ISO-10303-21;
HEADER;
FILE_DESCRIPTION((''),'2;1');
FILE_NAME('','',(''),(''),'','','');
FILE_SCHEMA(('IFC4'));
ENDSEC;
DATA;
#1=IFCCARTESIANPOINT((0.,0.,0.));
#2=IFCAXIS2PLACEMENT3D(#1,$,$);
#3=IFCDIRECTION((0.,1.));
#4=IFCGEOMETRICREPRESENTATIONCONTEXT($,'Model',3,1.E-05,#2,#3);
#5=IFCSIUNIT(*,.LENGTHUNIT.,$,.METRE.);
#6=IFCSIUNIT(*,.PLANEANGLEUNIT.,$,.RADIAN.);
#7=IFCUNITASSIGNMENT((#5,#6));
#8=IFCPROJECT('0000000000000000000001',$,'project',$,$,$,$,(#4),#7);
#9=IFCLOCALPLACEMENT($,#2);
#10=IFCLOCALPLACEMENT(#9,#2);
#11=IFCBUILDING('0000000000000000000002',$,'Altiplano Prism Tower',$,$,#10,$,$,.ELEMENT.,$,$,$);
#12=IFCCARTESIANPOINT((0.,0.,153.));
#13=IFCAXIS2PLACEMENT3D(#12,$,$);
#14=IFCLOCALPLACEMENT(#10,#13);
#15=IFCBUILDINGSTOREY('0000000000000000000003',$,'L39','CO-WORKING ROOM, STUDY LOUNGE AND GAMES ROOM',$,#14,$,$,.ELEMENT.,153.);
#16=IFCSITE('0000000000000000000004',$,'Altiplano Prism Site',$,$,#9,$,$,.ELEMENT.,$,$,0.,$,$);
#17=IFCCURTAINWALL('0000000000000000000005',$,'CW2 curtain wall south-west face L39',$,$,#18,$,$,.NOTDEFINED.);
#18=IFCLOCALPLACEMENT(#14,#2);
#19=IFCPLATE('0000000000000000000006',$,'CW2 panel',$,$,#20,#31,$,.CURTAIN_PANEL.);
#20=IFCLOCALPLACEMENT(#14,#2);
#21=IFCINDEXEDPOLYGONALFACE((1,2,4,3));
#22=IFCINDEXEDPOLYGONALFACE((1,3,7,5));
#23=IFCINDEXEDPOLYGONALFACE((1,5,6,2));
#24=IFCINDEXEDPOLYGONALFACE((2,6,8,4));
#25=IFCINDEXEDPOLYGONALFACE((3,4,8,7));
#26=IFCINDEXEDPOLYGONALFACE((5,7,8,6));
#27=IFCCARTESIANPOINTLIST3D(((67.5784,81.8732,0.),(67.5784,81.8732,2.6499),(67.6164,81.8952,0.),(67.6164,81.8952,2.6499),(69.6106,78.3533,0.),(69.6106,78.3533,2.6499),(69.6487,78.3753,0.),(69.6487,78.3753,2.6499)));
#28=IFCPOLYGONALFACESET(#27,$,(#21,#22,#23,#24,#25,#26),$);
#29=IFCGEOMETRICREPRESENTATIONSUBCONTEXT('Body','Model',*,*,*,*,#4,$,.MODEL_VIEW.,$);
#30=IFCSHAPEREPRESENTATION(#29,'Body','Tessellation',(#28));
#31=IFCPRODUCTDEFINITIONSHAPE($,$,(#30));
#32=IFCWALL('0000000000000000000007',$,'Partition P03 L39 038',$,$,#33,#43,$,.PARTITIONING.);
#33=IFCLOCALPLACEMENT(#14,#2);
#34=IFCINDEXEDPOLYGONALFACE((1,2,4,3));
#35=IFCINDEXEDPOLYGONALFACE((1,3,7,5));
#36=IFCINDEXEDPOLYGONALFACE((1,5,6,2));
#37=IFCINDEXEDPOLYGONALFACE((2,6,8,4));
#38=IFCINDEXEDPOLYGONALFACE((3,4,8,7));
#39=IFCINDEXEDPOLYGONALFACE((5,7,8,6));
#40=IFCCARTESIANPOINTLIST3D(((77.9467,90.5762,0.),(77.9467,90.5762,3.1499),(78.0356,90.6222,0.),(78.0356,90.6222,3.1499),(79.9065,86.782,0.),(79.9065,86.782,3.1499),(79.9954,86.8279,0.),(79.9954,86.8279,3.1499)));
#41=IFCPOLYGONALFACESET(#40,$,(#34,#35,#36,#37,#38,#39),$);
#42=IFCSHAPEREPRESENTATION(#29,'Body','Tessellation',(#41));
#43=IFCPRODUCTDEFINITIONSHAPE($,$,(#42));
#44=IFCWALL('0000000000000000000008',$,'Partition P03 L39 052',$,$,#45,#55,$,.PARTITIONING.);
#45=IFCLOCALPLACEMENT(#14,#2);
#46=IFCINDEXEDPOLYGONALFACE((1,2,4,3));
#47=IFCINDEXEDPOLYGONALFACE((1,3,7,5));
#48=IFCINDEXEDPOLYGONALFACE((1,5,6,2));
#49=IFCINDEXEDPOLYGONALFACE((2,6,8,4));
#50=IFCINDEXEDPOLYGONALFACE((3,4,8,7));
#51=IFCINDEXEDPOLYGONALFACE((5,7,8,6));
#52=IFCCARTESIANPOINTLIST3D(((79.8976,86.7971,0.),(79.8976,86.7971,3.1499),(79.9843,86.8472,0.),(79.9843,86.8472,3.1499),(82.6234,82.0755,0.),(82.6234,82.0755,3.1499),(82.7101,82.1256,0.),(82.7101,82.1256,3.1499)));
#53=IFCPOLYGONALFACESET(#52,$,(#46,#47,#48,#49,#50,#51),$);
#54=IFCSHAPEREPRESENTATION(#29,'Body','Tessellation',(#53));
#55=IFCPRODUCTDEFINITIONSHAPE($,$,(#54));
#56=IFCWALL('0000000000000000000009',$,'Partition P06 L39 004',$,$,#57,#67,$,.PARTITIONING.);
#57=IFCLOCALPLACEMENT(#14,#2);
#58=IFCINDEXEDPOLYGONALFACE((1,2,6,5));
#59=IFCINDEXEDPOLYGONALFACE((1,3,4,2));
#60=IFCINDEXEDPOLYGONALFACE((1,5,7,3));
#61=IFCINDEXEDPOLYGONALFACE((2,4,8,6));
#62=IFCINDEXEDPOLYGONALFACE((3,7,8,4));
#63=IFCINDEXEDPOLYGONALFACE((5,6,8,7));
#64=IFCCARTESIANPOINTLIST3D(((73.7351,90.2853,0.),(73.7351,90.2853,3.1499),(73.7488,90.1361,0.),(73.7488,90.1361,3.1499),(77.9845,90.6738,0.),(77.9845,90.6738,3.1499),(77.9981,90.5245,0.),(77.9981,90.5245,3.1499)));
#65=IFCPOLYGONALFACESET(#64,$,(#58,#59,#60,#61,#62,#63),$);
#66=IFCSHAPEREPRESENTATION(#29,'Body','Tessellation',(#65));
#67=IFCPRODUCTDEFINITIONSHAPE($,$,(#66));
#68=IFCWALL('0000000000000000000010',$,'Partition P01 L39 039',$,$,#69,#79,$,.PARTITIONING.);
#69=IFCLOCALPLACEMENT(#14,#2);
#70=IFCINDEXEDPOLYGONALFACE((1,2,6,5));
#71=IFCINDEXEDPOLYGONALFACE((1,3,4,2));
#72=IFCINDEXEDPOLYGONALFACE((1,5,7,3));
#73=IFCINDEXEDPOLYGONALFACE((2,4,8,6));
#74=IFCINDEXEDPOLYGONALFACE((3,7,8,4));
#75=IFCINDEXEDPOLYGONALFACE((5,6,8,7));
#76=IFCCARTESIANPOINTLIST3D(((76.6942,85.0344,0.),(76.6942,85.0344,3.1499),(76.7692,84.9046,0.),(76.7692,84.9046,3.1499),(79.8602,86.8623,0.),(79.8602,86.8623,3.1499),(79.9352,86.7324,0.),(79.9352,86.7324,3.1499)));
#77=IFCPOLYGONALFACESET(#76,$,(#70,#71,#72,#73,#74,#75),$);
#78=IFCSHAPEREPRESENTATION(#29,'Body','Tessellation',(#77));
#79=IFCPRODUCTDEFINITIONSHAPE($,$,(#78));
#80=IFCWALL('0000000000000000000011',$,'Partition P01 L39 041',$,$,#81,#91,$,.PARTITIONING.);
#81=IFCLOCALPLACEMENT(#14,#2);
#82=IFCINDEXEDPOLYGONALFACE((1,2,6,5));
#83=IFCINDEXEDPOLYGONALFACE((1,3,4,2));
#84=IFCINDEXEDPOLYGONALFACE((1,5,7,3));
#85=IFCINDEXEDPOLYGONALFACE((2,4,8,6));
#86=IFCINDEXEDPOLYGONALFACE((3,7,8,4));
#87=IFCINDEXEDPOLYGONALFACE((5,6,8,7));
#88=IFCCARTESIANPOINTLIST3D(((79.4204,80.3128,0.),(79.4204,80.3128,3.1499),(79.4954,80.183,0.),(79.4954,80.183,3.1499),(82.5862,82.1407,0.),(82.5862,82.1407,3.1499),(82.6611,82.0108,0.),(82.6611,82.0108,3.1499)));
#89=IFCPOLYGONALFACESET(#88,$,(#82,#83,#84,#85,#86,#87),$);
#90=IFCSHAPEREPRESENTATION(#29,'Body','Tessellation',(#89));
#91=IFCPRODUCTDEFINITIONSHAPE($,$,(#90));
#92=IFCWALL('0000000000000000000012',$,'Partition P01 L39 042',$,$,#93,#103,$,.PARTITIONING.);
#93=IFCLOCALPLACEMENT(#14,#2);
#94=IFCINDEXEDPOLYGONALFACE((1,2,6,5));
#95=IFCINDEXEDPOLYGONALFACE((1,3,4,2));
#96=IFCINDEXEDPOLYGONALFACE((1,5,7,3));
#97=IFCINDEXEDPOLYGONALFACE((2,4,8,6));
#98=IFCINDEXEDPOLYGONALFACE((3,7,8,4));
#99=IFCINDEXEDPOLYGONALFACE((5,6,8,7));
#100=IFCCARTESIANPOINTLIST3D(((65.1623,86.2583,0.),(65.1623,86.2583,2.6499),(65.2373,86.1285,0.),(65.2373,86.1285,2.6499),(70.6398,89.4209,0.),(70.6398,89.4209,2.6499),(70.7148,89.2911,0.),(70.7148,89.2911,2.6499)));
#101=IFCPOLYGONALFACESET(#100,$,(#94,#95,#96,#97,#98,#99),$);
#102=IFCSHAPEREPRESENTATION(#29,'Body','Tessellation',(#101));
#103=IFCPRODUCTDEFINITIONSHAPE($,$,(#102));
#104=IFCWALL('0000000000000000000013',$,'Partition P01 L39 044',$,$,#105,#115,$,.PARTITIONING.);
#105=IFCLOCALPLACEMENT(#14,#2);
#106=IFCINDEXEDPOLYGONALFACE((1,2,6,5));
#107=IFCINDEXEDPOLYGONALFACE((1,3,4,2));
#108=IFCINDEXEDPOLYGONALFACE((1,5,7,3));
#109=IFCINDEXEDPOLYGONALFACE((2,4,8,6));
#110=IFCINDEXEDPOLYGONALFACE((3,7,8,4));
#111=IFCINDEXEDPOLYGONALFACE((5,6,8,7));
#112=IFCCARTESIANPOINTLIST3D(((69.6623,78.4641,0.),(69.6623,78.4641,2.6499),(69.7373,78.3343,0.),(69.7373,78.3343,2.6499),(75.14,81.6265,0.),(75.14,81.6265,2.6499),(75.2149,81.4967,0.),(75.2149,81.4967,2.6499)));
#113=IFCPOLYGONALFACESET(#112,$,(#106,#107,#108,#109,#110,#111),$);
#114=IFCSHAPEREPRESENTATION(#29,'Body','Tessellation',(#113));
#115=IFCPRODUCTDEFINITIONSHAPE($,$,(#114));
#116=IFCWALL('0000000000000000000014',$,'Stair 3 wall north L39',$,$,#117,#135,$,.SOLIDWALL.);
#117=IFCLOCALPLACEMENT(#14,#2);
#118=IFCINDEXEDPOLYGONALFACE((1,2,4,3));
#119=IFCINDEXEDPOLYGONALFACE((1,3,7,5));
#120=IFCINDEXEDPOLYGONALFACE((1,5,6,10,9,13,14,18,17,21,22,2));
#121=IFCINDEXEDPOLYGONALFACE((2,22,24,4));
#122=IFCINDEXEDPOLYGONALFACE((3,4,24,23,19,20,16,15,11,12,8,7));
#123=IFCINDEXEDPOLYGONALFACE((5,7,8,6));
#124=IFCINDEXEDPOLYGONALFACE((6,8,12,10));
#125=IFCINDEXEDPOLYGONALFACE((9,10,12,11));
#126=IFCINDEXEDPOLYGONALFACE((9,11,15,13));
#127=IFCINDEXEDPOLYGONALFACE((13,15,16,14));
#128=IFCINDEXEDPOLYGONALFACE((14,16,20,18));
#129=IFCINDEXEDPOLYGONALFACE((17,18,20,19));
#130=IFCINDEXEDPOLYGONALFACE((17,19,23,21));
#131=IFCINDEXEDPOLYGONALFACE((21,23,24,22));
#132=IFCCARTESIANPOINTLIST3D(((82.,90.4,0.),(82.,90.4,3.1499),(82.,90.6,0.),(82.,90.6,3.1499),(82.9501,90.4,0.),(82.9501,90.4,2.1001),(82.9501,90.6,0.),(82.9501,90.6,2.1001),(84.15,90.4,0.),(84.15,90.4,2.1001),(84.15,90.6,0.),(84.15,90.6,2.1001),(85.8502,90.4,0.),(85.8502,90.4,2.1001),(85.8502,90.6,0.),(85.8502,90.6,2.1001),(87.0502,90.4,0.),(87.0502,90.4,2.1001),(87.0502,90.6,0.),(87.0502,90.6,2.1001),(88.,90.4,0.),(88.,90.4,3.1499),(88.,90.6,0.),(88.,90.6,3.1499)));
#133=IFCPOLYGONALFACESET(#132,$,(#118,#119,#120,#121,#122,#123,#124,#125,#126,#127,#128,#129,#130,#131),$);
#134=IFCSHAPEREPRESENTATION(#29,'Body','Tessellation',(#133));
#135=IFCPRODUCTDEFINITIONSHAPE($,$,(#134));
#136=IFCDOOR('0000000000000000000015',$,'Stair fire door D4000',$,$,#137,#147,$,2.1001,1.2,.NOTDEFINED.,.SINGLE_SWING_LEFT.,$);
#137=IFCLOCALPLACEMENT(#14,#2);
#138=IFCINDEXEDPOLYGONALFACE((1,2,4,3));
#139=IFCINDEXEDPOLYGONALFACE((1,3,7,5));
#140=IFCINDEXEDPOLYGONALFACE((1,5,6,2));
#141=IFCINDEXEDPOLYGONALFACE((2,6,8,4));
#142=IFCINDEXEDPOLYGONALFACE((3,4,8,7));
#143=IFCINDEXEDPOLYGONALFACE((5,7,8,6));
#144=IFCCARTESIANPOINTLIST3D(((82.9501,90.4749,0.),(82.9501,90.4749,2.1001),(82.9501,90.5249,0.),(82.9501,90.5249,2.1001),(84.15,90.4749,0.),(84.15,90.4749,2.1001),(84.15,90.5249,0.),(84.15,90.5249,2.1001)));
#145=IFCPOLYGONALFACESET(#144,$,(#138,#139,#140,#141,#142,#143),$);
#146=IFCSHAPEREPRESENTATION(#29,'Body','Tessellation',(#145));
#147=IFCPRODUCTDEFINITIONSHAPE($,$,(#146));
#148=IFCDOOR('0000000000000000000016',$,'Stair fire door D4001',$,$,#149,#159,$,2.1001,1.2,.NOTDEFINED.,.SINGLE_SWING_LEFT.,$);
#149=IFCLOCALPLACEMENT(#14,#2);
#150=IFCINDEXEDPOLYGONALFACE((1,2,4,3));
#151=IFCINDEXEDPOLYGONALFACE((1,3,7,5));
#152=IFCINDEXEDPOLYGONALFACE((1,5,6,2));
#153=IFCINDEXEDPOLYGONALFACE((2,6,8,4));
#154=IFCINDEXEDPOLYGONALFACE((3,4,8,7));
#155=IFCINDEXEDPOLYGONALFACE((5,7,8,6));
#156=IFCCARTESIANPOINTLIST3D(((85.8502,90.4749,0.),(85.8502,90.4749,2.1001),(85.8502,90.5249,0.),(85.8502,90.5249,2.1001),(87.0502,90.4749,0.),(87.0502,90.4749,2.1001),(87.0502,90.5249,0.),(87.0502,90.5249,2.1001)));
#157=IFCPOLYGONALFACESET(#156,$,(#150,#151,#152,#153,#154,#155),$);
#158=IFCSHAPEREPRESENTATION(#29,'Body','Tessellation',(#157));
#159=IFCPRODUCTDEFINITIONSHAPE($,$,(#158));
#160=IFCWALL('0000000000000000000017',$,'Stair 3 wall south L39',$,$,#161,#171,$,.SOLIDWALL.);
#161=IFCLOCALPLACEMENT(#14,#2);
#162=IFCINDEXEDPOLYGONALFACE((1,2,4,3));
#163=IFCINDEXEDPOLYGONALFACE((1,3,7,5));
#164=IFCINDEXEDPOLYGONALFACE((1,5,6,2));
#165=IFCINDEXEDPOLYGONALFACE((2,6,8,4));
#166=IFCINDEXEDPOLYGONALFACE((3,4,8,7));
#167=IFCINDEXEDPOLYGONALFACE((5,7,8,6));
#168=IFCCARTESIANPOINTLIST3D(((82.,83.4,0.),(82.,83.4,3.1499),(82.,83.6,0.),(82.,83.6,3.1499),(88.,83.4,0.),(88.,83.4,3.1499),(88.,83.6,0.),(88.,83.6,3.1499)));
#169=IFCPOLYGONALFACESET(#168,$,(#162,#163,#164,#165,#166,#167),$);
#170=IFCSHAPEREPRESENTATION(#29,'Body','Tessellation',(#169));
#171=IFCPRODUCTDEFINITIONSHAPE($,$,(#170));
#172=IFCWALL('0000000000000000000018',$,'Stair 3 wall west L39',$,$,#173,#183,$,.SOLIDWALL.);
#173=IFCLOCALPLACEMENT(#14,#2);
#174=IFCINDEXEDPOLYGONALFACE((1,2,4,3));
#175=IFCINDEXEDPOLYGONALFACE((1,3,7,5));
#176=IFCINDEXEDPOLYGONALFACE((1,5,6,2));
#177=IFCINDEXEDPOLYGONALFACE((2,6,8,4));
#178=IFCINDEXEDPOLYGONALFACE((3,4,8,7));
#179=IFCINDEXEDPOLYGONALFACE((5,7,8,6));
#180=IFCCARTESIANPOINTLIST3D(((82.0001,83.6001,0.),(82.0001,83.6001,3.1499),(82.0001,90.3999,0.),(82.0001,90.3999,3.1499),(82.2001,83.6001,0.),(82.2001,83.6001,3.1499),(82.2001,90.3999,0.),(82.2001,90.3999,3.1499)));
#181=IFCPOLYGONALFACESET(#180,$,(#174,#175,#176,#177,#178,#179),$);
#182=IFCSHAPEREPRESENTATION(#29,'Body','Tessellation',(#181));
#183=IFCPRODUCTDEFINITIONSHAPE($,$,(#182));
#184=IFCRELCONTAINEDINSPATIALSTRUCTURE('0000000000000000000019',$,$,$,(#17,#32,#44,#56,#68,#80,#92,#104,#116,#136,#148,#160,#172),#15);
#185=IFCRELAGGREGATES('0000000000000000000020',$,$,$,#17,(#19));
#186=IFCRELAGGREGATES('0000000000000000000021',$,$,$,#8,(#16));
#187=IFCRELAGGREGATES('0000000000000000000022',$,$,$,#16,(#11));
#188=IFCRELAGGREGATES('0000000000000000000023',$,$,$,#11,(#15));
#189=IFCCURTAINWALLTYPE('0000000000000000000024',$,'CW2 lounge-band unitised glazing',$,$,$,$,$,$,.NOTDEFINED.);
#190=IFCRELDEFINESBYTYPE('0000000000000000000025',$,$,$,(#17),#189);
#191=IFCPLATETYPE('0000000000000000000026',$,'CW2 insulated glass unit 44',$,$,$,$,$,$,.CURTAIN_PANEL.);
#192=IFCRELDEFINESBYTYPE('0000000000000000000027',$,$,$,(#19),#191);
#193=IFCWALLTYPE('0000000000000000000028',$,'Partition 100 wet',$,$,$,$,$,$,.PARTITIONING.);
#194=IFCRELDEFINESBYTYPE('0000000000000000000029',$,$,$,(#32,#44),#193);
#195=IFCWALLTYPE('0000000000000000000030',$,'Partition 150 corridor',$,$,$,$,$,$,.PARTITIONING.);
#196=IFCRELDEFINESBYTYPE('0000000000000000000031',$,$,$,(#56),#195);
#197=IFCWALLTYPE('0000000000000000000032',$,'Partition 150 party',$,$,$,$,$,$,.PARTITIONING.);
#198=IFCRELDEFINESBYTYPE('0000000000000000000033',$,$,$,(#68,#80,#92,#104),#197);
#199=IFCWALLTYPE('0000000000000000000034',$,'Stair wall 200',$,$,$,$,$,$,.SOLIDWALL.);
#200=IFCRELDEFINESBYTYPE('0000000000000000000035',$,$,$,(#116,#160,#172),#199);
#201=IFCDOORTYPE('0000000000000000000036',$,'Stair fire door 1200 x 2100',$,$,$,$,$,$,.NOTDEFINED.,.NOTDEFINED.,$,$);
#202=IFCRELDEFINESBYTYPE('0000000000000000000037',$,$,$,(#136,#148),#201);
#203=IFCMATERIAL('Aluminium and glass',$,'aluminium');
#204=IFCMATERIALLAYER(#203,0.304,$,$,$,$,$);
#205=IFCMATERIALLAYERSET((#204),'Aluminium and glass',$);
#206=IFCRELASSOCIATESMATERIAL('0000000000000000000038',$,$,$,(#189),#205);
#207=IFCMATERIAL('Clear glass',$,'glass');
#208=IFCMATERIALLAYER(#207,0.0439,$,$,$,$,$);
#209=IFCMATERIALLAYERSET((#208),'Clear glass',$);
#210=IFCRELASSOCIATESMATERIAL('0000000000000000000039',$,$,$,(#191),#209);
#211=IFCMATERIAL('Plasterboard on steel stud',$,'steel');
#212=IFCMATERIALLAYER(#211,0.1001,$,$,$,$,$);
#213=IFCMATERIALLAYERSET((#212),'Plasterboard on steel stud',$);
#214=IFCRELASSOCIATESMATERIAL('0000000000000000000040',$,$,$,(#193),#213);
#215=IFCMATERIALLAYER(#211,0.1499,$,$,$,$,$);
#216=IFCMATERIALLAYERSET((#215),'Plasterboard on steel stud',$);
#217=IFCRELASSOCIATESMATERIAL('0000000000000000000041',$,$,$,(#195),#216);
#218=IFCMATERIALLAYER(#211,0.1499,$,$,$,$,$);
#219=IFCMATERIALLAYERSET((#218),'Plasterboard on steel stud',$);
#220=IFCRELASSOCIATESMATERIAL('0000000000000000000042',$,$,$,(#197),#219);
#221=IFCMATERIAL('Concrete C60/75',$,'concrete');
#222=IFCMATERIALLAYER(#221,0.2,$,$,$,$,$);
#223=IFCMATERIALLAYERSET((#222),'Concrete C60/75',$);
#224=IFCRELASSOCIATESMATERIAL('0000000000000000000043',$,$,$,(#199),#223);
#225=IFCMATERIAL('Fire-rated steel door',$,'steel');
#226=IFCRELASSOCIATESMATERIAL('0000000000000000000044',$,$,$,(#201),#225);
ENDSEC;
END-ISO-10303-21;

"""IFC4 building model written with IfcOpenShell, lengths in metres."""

from ifc_helpers import new_model, si_unit, direction, frame, frame_2d, origin, origin_2d, place, context, subcontext, project, spatial, rectangle, extrude, material, layer, layer_set, type_object, element, fill, aggregate, save


model = new_model("IFC4")

# Units and contexts
model_context = context("Model", 3, precision=1e-05, world=origin(), true_north=direction((0.0, 1.0)))
body_context = subcontext(model_context, "Body", "Model", "MODEL_VIEW")
ifc_project = project(units=[si_unit("LENGTHUNIT", "METRE"), si_unit("PLANEANGLEUNIT", "RADIAN")], contexts=[model_context])

# Site, building, storey
site_placement = place(None, origin())
site = spatial("IfcSite", under=ifc_project, at=site_placement, Name="Altiplano Prism Site", CompositionType="ELEMENT", RefElevation=0.0)
building_placement = place(site_placement, origin())
building = spatial("IfcBuilding", under=site, at=building_placement, Name="Altiplano Prism Tower", CompositionType="ELEMENT")
storey_placement = place(building_placement, frame((0.0, 0.0, 153.0)))
storey = spatial("IfcBuildingStorey", under=building, at=storey_placement, Name="L39", Description="CO-WORKING ROOM, STUDY LOUNGE AND GAMES ROOM", CompositionType="ELEMENT", Elevation=153.0)

# Shared definitions
ifc_material_1 = material(Name="Concrete C60/75", Category="concrete")

# Curtain wall
ifc_material_2 = material(Name="Aluminium and glass", Category="aluminium")
ifc_layer_1 = layer(ifc_material_2, 0.304)
ifc_layer_set_1 = layer_set([ifc_layer_1], Name="Aluminium and glass")
curtain_wall_type = type_object("IfcCurtainWallType", Name="CW2 lounge-band unitised glazing", PredefinedType="NOTDEFINED", material=ifc_layer_set_1)
curtain_wall_placement = place(storey_placement, origin())
curtain_wall = element("IfcCurtainWall", 1, at=curtain_wall_placement, inside=storey, type_object=curtain_wall_type, Name="CW2 curtain wall south-west face L39", PredefinedType="NOTDEFINED")

# Plate
ifc_material_3 = material(Name="Clear glass", Category="glass")
ifc_layer_2 = layer(ifc_material_3, 0.0439)
ifc_layer_set_2 = layer_set([ifc_layer_2], Name="Clear glass")
plate_type = type_object("IfcPlateType", Name="CW2 insulated glass unit 44", PredefinedType="CURTAIN_PANEL", material=ifc_layer_set_2)
plate_1_placement = place(storey_placement, frame((68.6135, 80.1243, 0.0), z_axis=(0.0, 0.0, 1.0), x_axis=(0.5, -0.866025, 0.0)))
plate_1 = element("IfcPlate", 2, at=plate_1_placement, type_object=plate_type, Name="CW2 panel", PredefinedType="CURTAIN_PANEL", context=body_context, shape_type="SweptSolid", body=[
    extrude(rectangle(XDim=4.0645, YDim=0.0439, at=origin_2d()), origin(), (0.0, 0.0, 1.0), 2.6499),
])
aggregate(curtain_wall, [plate_1])

# Walls
ifc_material_4 = material(Name="Plasterboard on steel stud", Category="steel")
ifc_layer_3 = layer(ifc_material_4, 0.1001)
ifc_layer_set_3 = layer_set([ifc_layer_3], Name="Plasterboard on steel stud")
wall_type_1 = type_object("IfcWallType", Name="Partition 100 wet", PredefinedType="PARTITIONING", material=ifc_layer_set_3)
wall_1_placement = place(storey_placement, frame((79.9509, 86.8049, 0.0), z_axis=(0.0, 0.0, 1.0), x_axis=(-0.458906, 0.888485, 0.0)))
element("IfcWall", 3, at=wall_1_placement, inside=storey, type_object=wall_type_1, Name="Partition P03 L39 038", PredefinedType="PARTITIONING", context=body_context, shape_type="SweptSolid", body=[
    extrude(rectangle(XDim=4.2705, YDim=0.1001, at=frame_2d((2.1353, 0.0))), origin(), (0.0, 0.0, 1.0), 3.1499),
])
wall_2_placement = place(storey_placement, frame((79.9409, 86.8223, 0.0), z_axis=(0.0, 0.0, 1.0), x_axis=(0.499968, -0.866044, 0.0)))
element("IfcWall", 4, at=wall_2_placement, inside=storey, type_object=wall_type_1, Name="Partition P03 L39 052", PredefinedType="PARTITIONING", context=body_context, shape_type="SweptSolid", body=[
    extrude(rectangle(XDim=5.4519, YDim=0.1001, at=frame_2d((2.7261, 0.0))), origin(), (0.0, 0.0, 1.0), 3.1499),
])
ifc_layer_4 = layer(ifc_material_4, 0.1499)
ifc_layer_set_4 = layer_set([ifc_layer_4], Name="Plasterboard on steel stud")
wall_type_2 = type_object("IfcWallType", Name="Partition 150 corridor", PredefinedType="PARTITIONING", material=ifc_layer_set_4)
wall_3_placement = place(storey_placement, frame((73.7419, 90.2107, 0.0), z_axis=(0.0, 0.0, 1.0), x_axis=(0.995848, 0.091031, 0.0)))
element("IfcWall", 5, at=wall_3_placement, inside=storey, type_object=wall_type_2, Name="Partition P06 L39 004", PredefinedType="PARTITIONING", context=body_context, shape_type="SweptSolid", body=[
    extrude(rectangle(XDim=4.2671, YDim=0.1499, at=frame_2d((2.1335, 0.0))), origin(), (0.0, 0.0, 1.0), 3.1499),
])
ifc_layer_5 = layer(ifc_material_4, 0.1499)
ifc_layer_set_5 = layer_set([ifc_layer_5], Name="Plasterboard on steel stud")
wall_type_3 = type_object("IfcWallType", Name="Partition 150 party", PredefinedType="PARTITIONING", material=ifc_layer_set_5)
wall_4_placement = place(storey_placement, frame((76.7317, 84.9695, 0.0), z_axis=(0.0, 0.0, 1.0), x_axis=(0.866028, 0.499996, 0.0)))
element("IfcWall", 6, at=wall_4_placement, inside=storey, type_object=wall_type_3, Name="Partition P01 L39 039", PredefinedType="PARTITIONING", context=body_context, shape_type="SweptSolid", body=[
    extrude(rectangle(XDim=3.6558, YDim=0.1499, at=frame_2d((1.8279, 0.0))), origin(), (0.0, 0.0, 1.0), 3.1499),
])
wall_5_placement = place(storey_placement, frame((82.6235, 82.0757, 0.0), z_axis=(0.0, 0.0, 1.0), x_axis=(-0.866011, -0.500025, 0.0)))
element("IfcWall", 7, at=wall_5_placement, inside=storey, type_object=wall_type_3, Name="Partition P01 L39 041", PredefinedType="PARTITIONING", context=body_context, shape_type="SweptSolid", body=[
    extrude(rectangle(XDim=3.6555, YDim=0.1499, at=frame_2d((1.8276, 0.0))), origin(), (0.0, 0.0, 1.0), 3.1499),
])
for number, where, z_axis, x_axis, name in (
    (8, (65.1997, 86.1934, 0.0), (0.0, 0.0, 1.0), (0.866016, 0.500016, 0.0), "Partition P01 L39 042"),
    (9, (69.6997, 78.3992, 0.0), (0.0, 0.0, 1.0), (0.866033, 0.499988, 0.0), "Partition P01 L39 044"),
):
    element("IfcWall", number, at=place(storey_placement, frame(where, z_axis=z_axis, x_axis=x_axis)), inside=storey, type_object=wall_type_3, Name=name, PredefinedType="PARTITIONING", context=body_context, shape_type="SweptSolid", body=[
        extrude(rectangle(XDim=6.325, YDim=0.1499, at=frame_2d((3.1626, 0.0))), origin(), (0.0, 0.0, 1.0), 2.6499),
    ])

# Wall, openings, doors
ifc_layer_6 = layer(ifc_material_1, 0.2)
ifc_layer_set_6 = layer_set([ifc_layer_6], Name="Concrete C60/75")
wall_type_4 = type_object("IfcWallType", Name="Stair wall 200", PredefinedType="SOLIDWALL", material=ifc_layer_set_6)
wall_6_placement = place(storey_placement, frame((82.0, 90.5, 0.0), z_axis=(0.0, 0.0, 1.0), x_axis=(1.0, 0.0, 0.0)))
wall_6 = element("IfcWall", 10, at=wall_6_placement, inside=storey, type_object=wall_type_4, Name="Stair 3 wall north L39", PredefinedType="SOLIDWALL", context=body_context, shape_type="SweptSolid", body=[
    extrude(rectangle(XDim=6.0, YDim=0.2, at=frame_2d((3.0, 0.0))), origin(), (0.0, 0.0, 1.0), 3.1499),
])
opening_1_placement = place(wall_6_placement, frame((0.95, 0.0, 0.0)))
opening_1 = element("IfcOpeningElement", 11, at=opening_1_placement, cuts=wall_6, PredefinedType="OPENING", context=body_context, shape_type="SweptSolid", body=[
    extrude(rectangle(XDim=1.2, YDim=2.1001, at=frame_2d((0.6001, 1.05))), frame((0.0, 0.1104, 0.0), z_axis=(0.0, -1.0, 0.0), x_axis=(1.0, 0.0, 0.0)), (0.0, 0.0, 1.0), 0.2209),
])
opening_2_placement = place(wall_6_placement, frame((3.8501, 0.0, 0.0)))
opening_2 = element("IfcOpeningElement", 12, at=opening_2_placement, cuts=wall_6, PredefinedType="OPENING", context=body_context, shape_type="SweptSolid", body=[
    extrude(rectangle(XDim=1.2, YDim=2.1001, at=frame_2d((0.6001, 1.05))), frame((0.0, 0.1104, 0.0), z_axis=(0.0, -1.0, 0.0), x_axis=(1.0, 0.0, 0.0)), (0.0, 0.0, 1.0), 0.2209),
])
ifc_material_5 = material(Name="Fire-rated steel door", Category="steel")
door_type = type_object("IfcDoorType", Name="Stair fire door 1200 x 2100", OperationType="NOTDEFINED", PredefinedType="NOTDEFINED", material=ifc_material_5)
door_1_placement = place(opening_1_placement, origin())
door_1 = element("IfcDoor", 13, at=door_1_placement, inside=storey, type_object=door_type, Name="Stair fire door D4000", OperationType="SINGLE_SWING_LEFT", OverallHeight=2.1001, OverallWidth=1.2, PredefinedType="NOTDEFINED", context=body_context, shape_type="SweptSolid", body=[
    extrude(rectangle(XDim=1.2, YDim=2.1001, at=frame_2d((0.6001, 1.05))), frame((0.0, 0.0249, 0.0), z_axis=(0.0, -1.0, 0.0), x_axis=(1.0, 0.0, 0.0)), (0.0, 0.0, 1.0), 0.05),
])
fill(opening_1, door_1)
door_2_placement = place(opening_2_placement, origin())
door_2 = element("IfcDoor", 14, at=door_2_placement, inside=storey, type_object=door_type, Name="Stair fire door D4001", OperationType="SINGLE_SWING_LEFT", OverallHeight=2.1001, OverallWidth=1.2, PredefinedType="NOTDEFINED", context=body_context, shape_type="SweptSolid", body=[
    extrude(rectangle(XDim=1.2, YDim=2.1001, at=frame_2d((0.6001, 1.05))), frame((0.0, 0.0249, 0.0), z_axis=(0.0, -1.0, 0.0), x_axis=(1.0, 0.0, 0.0)), (0.0, 0.0, 1.0), 0.05),
])
fill(opening_2, door_2)

# Walls
wall_7_placement = place(storey_placement, frame((82.0, 83.5, 0.0), z_axis=(0.0, 0.0, 1.0), x_axis=(1.0, 0.0, 0.0)))
element("IfcWall", 15, at=wall_7_placement, inside=storey, type_object=wall_type_4, Name="Stair 3 wall south L39", PredefinedType="SOLIDWALL", context=body_context, shape_type="SweptSolid", body=[
    extrude(rectangle(XDim=6.0, YDim=0.2, at=frame_2d((3.0, 0.0))), origin(), (0.0, 0.0, 1.0), 3.1499),
])
wall_8_placement = place(storey_placement, frame((82.1001, 83.6001, 0.0), z_axis=(0.0, 0.0, 1.0), x_axis=(0.0, 1.0, 0.0)))
element("IfcWall", 16, at=wall_8_placement, inside=storey, type_object=wall_type_4, Name="Stair 3 wall west L39", PredefinedType="SOLIDWALL", context=body_context, shape_type="SweptSolid", body=[
    extrude(rectangle(XDim=6.7998, YDim=0.2, at=frame_2d((3.3999, 0.0))), origin(), (0.0, 0.0, 1.0), 3.1499),
])

save(model, "model.ifc")
